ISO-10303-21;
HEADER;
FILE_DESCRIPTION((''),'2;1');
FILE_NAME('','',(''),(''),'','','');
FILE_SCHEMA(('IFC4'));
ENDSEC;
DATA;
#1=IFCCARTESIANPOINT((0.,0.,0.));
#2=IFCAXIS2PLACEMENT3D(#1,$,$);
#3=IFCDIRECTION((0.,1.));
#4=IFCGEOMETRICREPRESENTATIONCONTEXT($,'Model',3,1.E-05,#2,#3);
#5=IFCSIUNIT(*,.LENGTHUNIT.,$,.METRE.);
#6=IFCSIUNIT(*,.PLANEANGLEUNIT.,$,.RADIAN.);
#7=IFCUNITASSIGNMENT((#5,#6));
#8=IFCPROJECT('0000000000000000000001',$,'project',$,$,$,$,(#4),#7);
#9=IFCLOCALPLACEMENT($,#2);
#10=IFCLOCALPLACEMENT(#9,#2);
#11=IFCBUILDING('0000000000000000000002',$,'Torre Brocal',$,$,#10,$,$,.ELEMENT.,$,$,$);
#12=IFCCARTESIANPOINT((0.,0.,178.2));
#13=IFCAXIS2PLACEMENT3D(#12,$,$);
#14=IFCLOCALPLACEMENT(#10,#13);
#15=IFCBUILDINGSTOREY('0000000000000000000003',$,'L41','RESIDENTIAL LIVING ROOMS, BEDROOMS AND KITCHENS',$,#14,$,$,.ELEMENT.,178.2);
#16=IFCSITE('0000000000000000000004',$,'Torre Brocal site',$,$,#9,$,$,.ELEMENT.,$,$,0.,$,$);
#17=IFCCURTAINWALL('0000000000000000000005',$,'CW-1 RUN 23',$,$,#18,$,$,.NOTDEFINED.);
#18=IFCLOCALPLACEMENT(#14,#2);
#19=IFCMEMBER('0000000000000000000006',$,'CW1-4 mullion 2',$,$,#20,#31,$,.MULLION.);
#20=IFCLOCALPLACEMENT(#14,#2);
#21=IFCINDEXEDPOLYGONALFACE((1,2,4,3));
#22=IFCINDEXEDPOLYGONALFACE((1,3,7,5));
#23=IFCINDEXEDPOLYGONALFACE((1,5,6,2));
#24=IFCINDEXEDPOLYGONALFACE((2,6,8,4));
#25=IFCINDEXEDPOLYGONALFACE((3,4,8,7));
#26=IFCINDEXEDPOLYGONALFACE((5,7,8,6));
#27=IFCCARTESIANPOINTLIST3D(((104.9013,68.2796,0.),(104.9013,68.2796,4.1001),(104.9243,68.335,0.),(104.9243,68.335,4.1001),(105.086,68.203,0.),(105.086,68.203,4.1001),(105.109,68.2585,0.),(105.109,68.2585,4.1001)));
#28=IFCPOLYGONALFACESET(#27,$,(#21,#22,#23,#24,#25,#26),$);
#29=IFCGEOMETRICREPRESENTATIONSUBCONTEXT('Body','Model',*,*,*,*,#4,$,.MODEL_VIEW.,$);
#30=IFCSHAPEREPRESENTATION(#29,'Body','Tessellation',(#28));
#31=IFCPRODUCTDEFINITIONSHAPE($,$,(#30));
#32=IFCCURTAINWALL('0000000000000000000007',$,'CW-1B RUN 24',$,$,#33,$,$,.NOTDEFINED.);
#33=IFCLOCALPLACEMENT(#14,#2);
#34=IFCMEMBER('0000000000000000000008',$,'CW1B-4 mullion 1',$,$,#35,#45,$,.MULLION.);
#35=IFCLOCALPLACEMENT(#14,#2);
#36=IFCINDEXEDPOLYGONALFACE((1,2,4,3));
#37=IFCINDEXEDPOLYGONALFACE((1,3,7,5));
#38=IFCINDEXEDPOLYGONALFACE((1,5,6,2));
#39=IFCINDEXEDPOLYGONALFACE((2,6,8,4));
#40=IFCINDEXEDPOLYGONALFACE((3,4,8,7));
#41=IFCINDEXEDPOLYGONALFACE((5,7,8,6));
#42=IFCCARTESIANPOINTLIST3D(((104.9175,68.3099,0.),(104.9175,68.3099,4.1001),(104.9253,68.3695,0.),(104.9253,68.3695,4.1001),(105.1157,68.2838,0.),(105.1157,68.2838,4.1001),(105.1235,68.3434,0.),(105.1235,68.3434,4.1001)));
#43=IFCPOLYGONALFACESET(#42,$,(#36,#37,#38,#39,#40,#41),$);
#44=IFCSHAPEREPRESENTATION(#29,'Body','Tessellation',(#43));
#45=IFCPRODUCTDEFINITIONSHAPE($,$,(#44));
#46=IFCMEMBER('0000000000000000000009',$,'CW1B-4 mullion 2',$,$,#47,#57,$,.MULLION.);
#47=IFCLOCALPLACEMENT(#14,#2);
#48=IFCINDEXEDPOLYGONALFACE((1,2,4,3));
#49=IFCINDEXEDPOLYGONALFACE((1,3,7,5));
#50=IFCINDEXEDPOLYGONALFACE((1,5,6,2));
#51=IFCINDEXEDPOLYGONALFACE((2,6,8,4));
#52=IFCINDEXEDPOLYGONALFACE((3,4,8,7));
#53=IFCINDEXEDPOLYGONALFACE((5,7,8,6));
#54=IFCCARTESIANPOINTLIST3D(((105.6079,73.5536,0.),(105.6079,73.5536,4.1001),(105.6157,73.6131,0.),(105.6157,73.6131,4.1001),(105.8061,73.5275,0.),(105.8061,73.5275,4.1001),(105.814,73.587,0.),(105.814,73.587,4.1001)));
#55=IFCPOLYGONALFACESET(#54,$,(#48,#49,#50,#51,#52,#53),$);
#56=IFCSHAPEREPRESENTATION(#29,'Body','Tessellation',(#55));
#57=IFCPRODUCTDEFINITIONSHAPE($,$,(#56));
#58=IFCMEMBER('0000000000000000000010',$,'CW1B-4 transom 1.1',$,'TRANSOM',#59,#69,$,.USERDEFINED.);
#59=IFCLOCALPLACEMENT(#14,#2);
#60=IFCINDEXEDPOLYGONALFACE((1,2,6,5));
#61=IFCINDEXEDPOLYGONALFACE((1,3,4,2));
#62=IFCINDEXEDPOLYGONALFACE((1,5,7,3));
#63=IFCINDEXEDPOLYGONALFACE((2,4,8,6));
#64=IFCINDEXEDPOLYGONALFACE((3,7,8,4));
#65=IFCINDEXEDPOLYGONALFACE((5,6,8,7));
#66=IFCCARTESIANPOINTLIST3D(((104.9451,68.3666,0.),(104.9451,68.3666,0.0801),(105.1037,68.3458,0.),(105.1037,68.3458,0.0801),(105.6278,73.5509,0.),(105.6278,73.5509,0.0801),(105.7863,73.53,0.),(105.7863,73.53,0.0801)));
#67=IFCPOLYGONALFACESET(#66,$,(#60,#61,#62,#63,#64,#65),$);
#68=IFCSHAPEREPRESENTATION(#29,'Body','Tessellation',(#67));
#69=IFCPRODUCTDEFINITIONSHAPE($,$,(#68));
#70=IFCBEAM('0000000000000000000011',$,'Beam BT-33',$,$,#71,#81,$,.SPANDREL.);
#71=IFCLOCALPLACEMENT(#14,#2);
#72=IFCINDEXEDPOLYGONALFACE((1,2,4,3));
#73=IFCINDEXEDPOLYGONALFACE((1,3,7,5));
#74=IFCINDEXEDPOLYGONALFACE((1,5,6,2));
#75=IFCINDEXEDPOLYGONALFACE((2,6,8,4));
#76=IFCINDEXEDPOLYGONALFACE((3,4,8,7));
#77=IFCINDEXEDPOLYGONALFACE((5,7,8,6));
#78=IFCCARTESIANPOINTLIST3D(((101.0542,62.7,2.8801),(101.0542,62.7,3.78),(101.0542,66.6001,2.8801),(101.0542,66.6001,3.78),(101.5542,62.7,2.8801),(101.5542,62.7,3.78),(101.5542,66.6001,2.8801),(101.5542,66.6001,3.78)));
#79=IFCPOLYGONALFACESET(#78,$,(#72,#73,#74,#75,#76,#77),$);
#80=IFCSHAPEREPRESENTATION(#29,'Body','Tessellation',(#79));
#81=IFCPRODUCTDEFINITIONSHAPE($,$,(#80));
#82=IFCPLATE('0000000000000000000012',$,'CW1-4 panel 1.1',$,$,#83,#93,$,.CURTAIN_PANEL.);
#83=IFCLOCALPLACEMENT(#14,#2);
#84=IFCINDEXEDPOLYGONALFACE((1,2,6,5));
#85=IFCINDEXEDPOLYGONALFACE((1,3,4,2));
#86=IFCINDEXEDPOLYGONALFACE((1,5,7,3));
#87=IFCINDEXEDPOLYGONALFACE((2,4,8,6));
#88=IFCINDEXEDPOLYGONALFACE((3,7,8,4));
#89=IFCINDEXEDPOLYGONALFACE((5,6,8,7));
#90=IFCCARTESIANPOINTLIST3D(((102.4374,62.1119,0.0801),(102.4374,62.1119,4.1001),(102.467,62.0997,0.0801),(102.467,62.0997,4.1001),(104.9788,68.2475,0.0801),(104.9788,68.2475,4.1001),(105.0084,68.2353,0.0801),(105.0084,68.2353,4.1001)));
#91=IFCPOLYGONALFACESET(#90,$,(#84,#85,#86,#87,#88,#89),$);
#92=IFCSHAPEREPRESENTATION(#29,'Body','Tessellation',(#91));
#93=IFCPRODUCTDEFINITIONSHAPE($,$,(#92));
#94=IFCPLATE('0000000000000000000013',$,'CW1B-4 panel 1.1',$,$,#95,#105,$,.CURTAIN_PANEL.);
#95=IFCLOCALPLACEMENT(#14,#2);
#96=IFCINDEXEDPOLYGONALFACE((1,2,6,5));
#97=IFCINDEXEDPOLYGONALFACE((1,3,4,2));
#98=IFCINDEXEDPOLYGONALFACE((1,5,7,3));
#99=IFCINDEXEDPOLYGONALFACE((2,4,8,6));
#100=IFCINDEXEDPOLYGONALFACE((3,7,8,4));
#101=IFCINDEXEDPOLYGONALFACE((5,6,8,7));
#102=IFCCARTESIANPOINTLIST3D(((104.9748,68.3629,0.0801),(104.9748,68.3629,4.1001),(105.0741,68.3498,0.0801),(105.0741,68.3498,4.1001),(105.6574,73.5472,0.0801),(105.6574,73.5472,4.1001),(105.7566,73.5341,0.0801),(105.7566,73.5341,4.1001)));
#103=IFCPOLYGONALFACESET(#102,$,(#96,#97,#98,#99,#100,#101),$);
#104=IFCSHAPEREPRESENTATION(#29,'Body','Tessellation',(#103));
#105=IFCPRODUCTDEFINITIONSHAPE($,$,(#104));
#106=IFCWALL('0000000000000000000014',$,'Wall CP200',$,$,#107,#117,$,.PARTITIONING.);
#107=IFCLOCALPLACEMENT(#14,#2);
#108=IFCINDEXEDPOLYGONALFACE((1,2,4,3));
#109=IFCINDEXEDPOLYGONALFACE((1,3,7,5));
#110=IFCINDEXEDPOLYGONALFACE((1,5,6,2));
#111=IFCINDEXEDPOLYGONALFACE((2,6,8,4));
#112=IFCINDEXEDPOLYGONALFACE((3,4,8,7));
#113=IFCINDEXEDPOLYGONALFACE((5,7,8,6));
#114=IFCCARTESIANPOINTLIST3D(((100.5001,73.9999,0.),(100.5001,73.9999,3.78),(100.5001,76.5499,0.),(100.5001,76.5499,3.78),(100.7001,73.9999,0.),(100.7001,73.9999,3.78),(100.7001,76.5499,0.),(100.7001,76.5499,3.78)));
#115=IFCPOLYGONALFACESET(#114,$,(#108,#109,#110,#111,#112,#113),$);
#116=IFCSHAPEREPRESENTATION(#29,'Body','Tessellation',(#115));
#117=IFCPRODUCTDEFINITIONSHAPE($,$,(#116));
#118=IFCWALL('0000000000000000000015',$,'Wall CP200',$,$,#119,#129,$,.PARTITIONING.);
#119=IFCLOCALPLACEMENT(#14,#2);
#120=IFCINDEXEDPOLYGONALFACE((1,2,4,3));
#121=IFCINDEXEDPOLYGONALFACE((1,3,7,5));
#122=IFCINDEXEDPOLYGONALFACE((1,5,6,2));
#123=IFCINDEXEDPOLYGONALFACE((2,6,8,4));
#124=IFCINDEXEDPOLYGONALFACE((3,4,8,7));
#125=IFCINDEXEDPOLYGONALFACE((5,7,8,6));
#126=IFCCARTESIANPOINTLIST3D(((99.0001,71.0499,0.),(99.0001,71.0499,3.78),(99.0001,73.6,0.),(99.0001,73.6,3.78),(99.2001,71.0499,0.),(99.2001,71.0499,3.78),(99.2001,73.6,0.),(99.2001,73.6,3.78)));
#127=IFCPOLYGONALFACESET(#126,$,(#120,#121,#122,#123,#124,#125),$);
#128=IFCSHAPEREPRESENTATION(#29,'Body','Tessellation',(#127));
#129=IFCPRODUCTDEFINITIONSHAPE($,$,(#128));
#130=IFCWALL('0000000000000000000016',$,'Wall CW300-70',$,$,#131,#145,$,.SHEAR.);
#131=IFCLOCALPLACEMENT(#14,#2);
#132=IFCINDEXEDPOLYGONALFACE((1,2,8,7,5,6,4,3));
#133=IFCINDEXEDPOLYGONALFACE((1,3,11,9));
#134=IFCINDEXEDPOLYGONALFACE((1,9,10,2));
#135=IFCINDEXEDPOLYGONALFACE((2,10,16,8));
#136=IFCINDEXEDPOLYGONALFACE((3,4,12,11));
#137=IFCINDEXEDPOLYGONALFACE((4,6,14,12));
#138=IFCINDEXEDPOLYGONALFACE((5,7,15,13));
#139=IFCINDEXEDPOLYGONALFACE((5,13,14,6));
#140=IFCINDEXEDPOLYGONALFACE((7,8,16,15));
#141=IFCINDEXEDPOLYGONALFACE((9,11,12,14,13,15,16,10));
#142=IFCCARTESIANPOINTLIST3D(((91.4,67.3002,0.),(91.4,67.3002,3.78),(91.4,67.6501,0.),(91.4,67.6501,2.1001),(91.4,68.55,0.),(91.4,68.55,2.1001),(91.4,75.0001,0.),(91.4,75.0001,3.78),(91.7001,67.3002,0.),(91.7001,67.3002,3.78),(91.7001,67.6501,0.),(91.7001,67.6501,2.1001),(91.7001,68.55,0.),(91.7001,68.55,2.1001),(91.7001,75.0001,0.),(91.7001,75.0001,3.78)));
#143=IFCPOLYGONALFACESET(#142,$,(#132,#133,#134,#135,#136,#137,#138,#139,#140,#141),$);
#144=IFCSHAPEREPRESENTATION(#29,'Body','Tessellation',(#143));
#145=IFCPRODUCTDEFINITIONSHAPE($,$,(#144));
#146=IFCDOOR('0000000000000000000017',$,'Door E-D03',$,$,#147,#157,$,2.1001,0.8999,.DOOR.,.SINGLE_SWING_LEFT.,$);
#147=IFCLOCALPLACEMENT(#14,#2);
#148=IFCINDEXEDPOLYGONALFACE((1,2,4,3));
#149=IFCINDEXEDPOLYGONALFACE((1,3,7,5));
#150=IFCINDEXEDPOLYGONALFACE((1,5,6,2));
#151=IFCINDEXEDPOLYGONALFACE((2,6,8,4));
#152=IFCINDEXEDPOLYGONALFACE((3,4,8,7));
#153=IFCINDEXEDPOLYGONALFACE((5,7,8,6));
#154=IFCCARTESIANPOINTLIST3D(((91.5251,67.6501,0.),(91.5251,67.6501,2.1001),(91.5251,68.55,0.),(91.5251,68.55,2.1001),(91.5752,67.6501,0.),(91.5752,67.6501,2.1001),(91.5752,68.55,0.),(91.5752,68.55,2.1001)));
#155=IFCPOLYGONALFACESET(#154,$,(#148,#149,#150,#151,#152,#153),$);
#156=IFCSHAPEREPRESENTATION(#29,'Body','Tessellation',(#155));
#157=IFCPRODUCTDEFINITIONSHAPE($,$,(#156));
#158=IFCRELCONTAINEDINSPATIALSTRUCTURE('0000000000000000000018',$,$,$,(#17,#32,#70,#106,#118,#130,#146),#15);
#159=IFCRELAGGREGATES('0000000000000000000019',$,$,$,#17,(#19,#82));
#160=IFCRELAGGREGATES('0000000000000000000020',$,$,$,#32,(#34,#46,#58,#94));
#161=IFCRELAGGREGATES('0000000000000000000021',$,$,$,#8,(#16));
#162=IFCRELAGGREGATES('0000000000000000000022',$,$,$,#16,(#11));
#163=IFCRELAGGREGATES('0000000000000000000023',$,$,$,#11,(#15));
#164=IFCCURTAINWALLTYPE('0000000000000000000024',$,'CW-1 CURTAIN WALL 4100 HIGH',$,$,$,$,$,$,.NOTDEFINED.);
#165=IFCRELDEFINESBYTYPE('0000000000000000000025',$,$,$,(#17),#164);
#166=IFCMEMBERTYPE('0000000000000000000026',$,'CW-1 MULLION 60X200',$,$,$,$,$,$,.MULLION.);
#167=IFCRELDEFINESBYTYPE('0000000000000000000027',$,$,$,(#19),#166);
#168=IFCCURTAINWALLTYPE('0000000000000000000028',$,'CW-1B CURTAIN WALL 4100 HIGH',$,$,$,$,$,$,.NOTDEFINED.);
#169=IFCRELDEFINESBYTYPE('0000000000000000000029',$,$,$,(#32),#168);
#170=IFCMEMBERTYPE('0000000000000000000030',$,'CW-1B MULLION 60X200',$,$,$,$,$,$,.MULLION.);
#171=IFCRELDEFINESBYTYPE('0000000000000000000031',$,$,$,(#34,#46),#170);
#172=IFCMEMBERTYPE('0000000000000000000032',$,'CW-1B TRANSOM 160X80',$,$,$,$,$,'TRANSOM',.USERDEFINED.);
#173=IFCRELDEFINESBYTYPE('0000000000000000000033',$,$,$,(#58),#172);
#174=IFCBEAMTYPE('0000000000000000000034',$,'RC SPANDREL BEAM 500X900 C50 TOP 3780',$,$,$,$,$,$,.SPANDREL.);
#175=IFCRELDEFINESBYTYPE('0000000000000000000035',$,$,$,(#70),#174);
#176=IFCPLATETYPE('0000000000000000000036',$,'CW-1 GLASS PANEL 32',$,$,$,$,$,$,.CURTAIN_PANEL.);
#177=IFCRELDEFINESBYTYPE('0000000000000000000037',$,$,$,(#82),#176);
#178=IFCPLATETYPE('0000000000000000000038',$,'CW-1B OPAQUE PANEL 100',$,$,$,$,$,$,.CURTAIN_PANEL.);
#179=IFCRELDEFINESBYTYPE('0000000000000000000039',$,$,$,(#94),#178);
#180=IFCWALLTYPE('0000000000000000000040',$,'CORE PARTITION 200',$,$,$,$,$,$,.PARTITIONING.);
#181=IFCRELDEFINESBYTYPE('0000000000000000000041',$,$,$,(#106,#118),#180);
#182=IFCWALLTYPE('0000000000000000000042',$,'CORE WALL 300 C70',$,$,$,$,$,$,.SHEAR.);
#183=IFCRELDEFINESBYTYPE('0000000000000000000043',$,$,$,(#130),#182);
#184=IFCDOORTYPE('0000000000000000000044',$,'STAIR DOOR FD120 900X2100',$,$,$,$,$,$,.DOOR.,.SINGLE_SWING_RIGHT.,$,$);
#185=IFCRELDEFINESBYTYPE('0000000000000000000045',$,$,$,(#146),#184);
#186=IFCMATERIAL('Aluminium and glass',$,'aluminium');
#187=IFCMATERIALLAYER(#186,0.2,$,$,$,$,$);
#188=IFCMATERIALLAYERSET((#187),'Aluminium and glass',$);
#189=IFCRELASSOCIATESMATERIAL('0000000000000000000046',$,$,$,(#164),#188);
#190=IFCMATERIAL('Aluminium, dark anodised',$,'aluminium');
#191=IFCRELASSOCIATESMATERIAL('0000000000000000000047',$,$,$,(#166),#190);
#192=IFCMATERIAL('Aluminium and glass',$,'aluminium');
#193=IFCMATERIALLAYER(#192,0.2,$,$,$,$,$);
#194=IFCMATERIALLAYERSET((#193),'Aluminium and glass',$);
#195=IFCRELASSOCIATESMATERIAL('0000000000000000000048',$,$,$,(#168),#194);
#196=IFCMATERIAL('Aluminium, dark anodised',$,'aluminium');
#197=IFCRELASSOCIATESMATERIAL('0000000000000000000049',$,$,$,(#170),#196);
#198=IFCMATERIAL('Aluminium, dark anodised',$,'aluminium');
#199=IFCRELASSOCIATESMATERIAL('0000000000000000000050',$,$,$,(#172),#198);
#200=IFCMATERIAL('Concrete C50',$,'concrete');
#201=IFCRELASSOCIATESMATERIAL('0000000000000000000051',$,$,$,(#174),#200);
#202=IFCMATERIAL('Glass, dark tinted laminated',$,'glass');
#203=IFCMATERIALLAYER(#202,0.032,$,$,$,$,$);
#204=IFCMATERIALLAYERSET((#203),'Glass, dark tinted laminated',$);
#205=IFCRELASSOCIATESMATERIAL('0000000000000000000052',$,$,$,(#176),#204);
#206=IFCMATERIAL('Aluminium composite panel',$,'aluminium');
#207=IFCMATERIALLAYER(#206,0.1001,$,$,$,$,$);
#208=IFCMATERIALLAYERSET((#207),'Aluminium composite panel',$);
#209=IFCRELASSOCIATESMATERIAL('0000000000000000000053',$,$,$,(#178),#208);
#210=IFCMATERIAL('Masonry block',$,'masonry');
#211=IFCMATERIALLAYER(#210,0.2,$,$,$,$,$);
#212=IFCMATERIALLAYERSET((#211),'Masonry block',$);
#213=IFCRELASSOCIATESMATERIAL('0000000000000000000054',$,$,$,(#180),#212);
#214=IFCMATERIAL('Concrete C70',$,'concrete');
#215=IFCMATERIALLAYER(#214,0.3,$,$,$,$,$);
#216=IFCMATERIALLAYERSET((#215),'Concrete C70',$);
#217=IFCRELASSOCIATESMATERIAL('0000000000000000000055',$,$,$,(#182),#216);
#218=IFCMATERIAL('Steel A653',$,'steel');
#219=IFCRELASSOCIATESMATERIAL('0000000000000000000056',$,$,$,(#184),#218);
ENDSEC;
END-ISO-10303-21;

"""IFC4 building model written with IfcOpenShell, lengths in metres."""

from ifc_helpers import new_model, si_unit, direction, frame, frame_2d, origin, origin_2d, place, context, subcontext, project, spatial, rectangle, extrude, material, layer, layer_set, material_profile, profile_set, type_object, element, fill, aggregate, save


model = new_model("IFC4")

# Units and contexts
model_context = context("Model", 3, precision=1e-05, world=origin(), true_north=direction((0.0, 1.0)))
body_context = subcontext(model_context, "Body", "Model", "MODEL_VIEW")
ifc_project = project(units=[si_unit("LENGTHUNIT", "METRE"), si_unit("PLANEANGLEUNIT", "RADIAN")], contexts=[model_context])

# Site, building, storey
site_placement = place(None, origin())
site = spatial("IfcSite", under=ifc_project, at=site_placement, Name="Torre Brocal site", CompositionType="ELEMENT", RefElevation=0.0)
building_placement = place(site_placement, origin())
building = spatial("IfcBuilding", under=site, at=building_placement, Name="Torre Brocal", CompositionType="ELEMENT")
storey_placement = place(building_placement, frame((0.0, 0.0, 178.2)))
storey = spatial("IfcBuildingStorey", under=building, at=storey_placement, Name="L41", Description="RESIDENTIAL LIVING ROOMS, BEDROOMS AND KITCHENS", CompositionType="ELEMENT", Elevation=178.2)

# Curtain wall, member
ifc_material_1 = material(Name="Aluminium and glass", Category="aluminium")
ifc_layer_1 = layer(ifc_material_1, 0.2)
ifc_layer_set_1 = layer_set([ifc_layer_1], Name="Aluminium and glass")
curtain_wall_type_1 = type_object("IfcCurtainWallType", Name="CW-1 CURTAIN WALL 4100 HIGH", PredefinedType="NOTDEFINED", material=ifc_layer_set_1)
curtain_wall_1_placement = place(storey_placement, origin())
curtain_wall_1 = element("IfcCurtainWall", 1, at=curtain_wall_1_placement, inside=storey, type_object=curtain_wall_type_1, Name="CW-1 RUN 23", PredefinedType="NOTDEFINED")
ifc_material_2 = material(Name="Aluminium, dark anodised", Category="aluminium")
ifc_material_profile_1 = material_profile(ifc_material_2, rectangle(XDim=0.2, YDim=0.0601, at=origin_2d()), Name="CW-1 MULLION 60X200")
ifc_profile_set_1 = profile_set([ifc_material_profile_1], Name="Aluminium, dark anodised")
member_type_1 = type_object("IfcMemberType", Name="CW-1 MULLION 60X200", PredefinedType="MULLION", material=ifc_profile_set_1)
member_1_placement = place(storey_placement, frame((105.0051, 68.269, 0.0), z_axis=(0.0, 0.0, 1.0), x_axis=(-0.92388, 0.382683, 0.0)))
member_1 = element("IfcMember", 2, at=member_1_placement, type_object=member_type_1, Name="CW1-4 mullion 2", PredefinedType="MULLION", context=body_context, shape_type="SweptSolid", body=[
    extrude(rectangle(XDim=0.2, YDim=0.0601, at=origin_2d()), origin(), (0.0, 0.0, 1.0), 4.1001),
])

# Curtain wall, members
ifc_material_3 = material(Name="Aluminium and glass", Category="aluminium")
ifc_layer_2 = layer(ifc_material_3, 0.2)
ifc_layer_set_2 = layer_set([ifc_layer_2], Name="Aluminium and glass")
curtain_wall_type_2 = type_object("IfcCurtainWallType", Name="CW-1B CURTAIN WALL 4100 HIGH", PredefinedType="NOTDEFINED", material=ifc_layer_set_2)
curtain_wall_2_placement = place(storey_placement, origin())
curtain_wall_2 = element("IfcCurtainWall", 3, at=curtain_wall_2_placement, inside=storey, type_object=curtain_wall_type_2, Name="CW-1B RUN 24", PredefinedType="NOTDEFINED")
ifc_material_4 = material(Name="Aluminium, dark anodised", Category="aluminium")
ifc_material_profile_2 = material_profile(ifc_material_4, rectangle(XDim=0.2, YDim=0.0601, at=origin_2d()), Name="CW-1B MULLION 60X200")
ifc_profile_set_2 = profile_set([ifc_material_profile_2], Name="Aluminium, dark anodised")
member_type_2 = type_object("IfcMemberType", Name="CW-1B MULLION 60X200", PredefinedType="MULLION", material=ifc_profile_set_2)
member_2_placement = place(storey_placement, frame((105.0205, 68.3267, 0.0), z_axis=(0.0, 0.0, 1.0), x_axis=(-0.991445, 0.130526, 0.0)))
member_2 = element("IfcMember", 4, at=member_2_placement, type_object=member_type_2, Name="CW1B-4 mullion 1", PredefinedType="MULLION", context=body_context, shape_type="SweptSolid", body=[
    extrude(rectangle(XDim=0.2, YDim=0.0601, at=origin_2d()), origin(), (0.0, 0.0, 1.0), 4.1001),
])
member_3_placement = place(storey_placement, frame((105.7109, 73.5703, 0.0), z_axis=(0.0, 0.0, 1.0), x_axis=(-0.991445, 0.130526, 0.0)))
member_3 = element("IfcMember", 5, at=member_3_placement, type_object=member_type_2, Name="CW1B-4 mullion 2", PredefinedType="MULLION", context=body_context, shape_type="SweptSolid", body=[
    extrude(rectangle(XDim=0.2, YDim=0.0601, at=origin_2d()), origin(), (0.0, 0.0, 1.0), 4.1001),
])
ifc_material_5 = material(Name="Aluminium, dark anodised", Category="aluminium")
ifc_material_profile_3 = material_profile(ifc_material_5, rectangle(XDim=0.1599, YDim=0.0801, at=origin_2d()), Name="CW-1B TRANSOM 160X80")
ifc_profile_set_3 = profile_set([ifc_material_profile_3], Name="Aluminium, dark anodised")
member_type_3 = type_object("IfcMemberType", Name="CW-1B TRANSOM 160X80", ElementType="TRANSOM", PredefinedType="USERDEFINED", material=ifc_profile_set_3)
member_4_placement = place(storey_placement, frame((105.0244, 68.3562, 0.04), z_axis=(0.130543, 0.991443, 0.0), x_axis=(-0.991443, 0.130543, 0.0)))
member_4 = element("IfcMember", 6, at=member_4_placement, type_object=member_type_3, Name="CW1B-4 transom 1.1", ObjectType="TRANSOM", PredefinedType="USERDEFINED", context=body_context, shape_type="SweptSolid", body=[
    extrude(rectangle(XDim=0.1599, YDim=0.0801, at=origin_2d()), origin(), (0.0, 0.0, 1.0), 5.229),
])

# Beam
ifc_material_6 = material(Name="Concrete C50", Category="concrete")
ifc_material_profile_4 = material_profile(ifc_material_6, rectangle(XDim=0.5, YDim=0.8999, at=origin_2d()), Name="RC 500X900")
ifc_profile_set_4 = profile_set([ifc_material_profile_4], Name="Concrete C50")
beam_type = type_object("IfcBeamType", Name="RC SPANDREL BEAM 500X900 C50 TOP 3780", PredefinedType="SPANDREL", material=ifc_profile_set_4)
beam_placement = place(storey_placement, frame((101.3042, 62.7, 3.3301), z_axis=(0.0, 1.0, 0.0), x_axis=(-1.0, 0.0, 0.0)))
element("IfcBeam", 7, at=beam_placement, inside=storey, type_object=beam_type, Name="Beam BT-33", PredefinedType="SPANDREL", context=body_context, shape_type="SweptSolid", body=[
    extrude(rectangle(XDim=0.5, YDim=0.8999, at=origin_2d()), origin(), (0.0, 0.0, 1.0), 3.9001),
])

# Plates
ifc_material_7 = material(Name="Glass, dark tinted laminated", Category="glass")
ifc_layer_3 = layer(ifc_material_7, 0.032)
ifc_layer_set_3 = layer_set([ifc_layer_3], Name="Glass, dark tinted laminated")
plate_type_1 = type_object("IfcPlateType", Name="CW-1 GLASS PANEL 32", PredefinedType="CURTAIN_PANEL", material=ifc_layer_set_3)
plate_1_placement = place(storey_placement, frame((103.7229, 65.1736, 0.0801), z_axis=(0.0, 0.0, 1.0), x_axis=(0.382683, 0.92388, 0.0)))
plate_1 = element("IfcPlate", 8, at=plate_1_placement, type_object=plate_type_1, Name="CW1-4 panel 1.1", PredefinedType="CURTAIN_PANEL", context=body_context, shape_type="SweptSolid", body=[
    extrude(rectangle(XDim=6.6411, YDim=0.032, at=origin_2d()), origin(), (0.0, 0.0, 1.0), 4.02),
])
aggregate(curtain_wall_1, [member_1, plate_1])
ifc_material_8 = material(Name="Aluminium composite panel", Category="aluminium")
ifc_layer_4 = layer(ifc_material_8, 0.1001)
ifc_layer_set_4 = layer_set([ifc_layer_4], Name="Aluminium composite panel")
plate_type_2 = type_object("IfcPlateType", Name="CW-1B OPAQUE PANEL 100", PredefinedType="CURTAIN_PANEL", material=ifc_layer_set_4)
plate_2_placement = place(storey_placement, frame((105.3657, 70.9485, 0.0801), z_axis=(0.0, 0.0, 1.0), x_axis=(0.130526, 0.991445, 0.0)))
plate_2 = element("IfcPlate", 9, at=plate_2_placement, type_object=plate_type_2, Name="CW1B-4 panel 1.1", PredefinedType="CURTAIN_PANEL", context=body_context, shape_type="SweptSolid", body=[
    extrude(rectangle(XDim=5.229, YDim=0.1001, at=origin_2d()), origin(), (0.0, 0.0, 1.0), 4.02),
])
aggregate(curtain_wall_2, [member_2, member_3, member_4, plate_2])

# Walls
ifc_material_9 = material(Name="Masonry block", Category="masonry")
ifc_layer_5 = layer(ifc_material_9, 0.2)
ifc_layer_set_5 = layer_set([ifc_layer_5], Name="Masonry block")
wall_type_1 = type_object("IfcWallType", Name="CORE PARTITION 200", PredefinedType="PARTITIONING", material=ifc_layer_set_5)
for number, where, z_axis, x_axis, name in (
    (10, (100.6001, 74.0, 0.0), (0.0, 0.0, 1.0), (0.0, 1.0, 0.0), "Wall CP200"),
    (11, (99.1001, 71.05, 0.0), (0.0, 0.0, 1.0), (0.0, 1.0, 0.0), "Wall CP200"),
):
    element("IfcWall", number, at=place(storey_placement, frame(where, z_axis=z_axis, x_axis=x_axis)), inside=storey, type_object=wall_type_1, Name=name, PredefinedType="PARTITIONING", context=body_context, shape_type="SweptSolid", body=[
        extrude(rectangle(XDim=2.55, YDim=0.2, at=frame_2d((1.2749, 0.0))), origin(), (0.0, 0.0, 1.0), 3.78),
    ])

# Wall, opening, door
ifc_material_10 = material(Name="Concrete C70", Category="concrete")
ifc_layer_6 = layer(ifc_material_10, 0.3)
ifc_layer_set_6 = layer_set([ifc_layer_6], Name="Concrete C70")
wall_type_2 = type_object("IfcWallType", Name="CORE WALL 300 C70", PredefinedType="SHEAR", material=ifc_layer_set_6)
wall_1_placement = place(storey_placement, frame((91.55, 67.3, 0.0), z_axis=(0.0, 0.0, 1.0), x_axis=(0.0, 1.0, 0.0)))
wall_1 = element("IfcWall", 12, at=wall_1_placement, inside=storey, type_object=wall_type_2, Name="Wall CW300-70", PredefinedType="SHEAR", context=body_context, shape_type="SweptSolid", body=[
    extrude(rectangle(XDim=7.7, YDim=0.3, at=frame_2d((3.8501, 0.0))), origin(), (0.0, 0.0, 1.0), 3.78),
])
opening_1_placement = place(wall_1_placement, frame((0.3501, 0.0, 0.0)))
opening_1 = element("IfcOpeningElement", 13, at=opening_1_placement, cuts=wall_1, PredefinedType="OPENING", context=body_context, shape_type="SweptSolid", body=[
    extrude(rectangle(XDim=0.8999, YDim=2.1001, at=frame_2d((0.45, 1.05))), frame((0.0, 0.1599, 0.0), z_axis=(0.0, -1.0, 0.0), x_axis=(1.0, 0.0, 0.0)), (0.0, 0.0, 1.0), 0.3201),
])
ifc_material_11 = material(Name="Steel A653", Category="steel")
door_type_1 = type_object("IfcDoorType", Name="STAIR DOOR FD120 900X2100", OperationType="SINGLE_SWING_RIGHT", PredefinedType="DOOR", material=ifc_material_11)
door_1_placement = place(opening_1_placement, origin())
door_1 = element("IfcDoor", 14, at=door_1_placement, inside=storey, type_object=door_type_1, Name="Door E-D03", OperationType="SINGLE_SWING_LEFT", OverallHeight=2.1001, OverallWidth=0.8999, PredefinedType="DOOR", context=body_context, shape_type="SweptSolid", body=[
    extrude(rectangle(XDim=0.8999, YDim=2.1001, at=frame_2d((0.45, 1.05))), frame((0.0, 0.0249, 0.0), z_axis=(0.0, -1.0, 0.0), x_axis=(1.0, 0.0, 0.0)), (0.0, 0.0, 1.0), 0.05),
])
fill(opening_1, door_1)

save(model, "model.ifc")
